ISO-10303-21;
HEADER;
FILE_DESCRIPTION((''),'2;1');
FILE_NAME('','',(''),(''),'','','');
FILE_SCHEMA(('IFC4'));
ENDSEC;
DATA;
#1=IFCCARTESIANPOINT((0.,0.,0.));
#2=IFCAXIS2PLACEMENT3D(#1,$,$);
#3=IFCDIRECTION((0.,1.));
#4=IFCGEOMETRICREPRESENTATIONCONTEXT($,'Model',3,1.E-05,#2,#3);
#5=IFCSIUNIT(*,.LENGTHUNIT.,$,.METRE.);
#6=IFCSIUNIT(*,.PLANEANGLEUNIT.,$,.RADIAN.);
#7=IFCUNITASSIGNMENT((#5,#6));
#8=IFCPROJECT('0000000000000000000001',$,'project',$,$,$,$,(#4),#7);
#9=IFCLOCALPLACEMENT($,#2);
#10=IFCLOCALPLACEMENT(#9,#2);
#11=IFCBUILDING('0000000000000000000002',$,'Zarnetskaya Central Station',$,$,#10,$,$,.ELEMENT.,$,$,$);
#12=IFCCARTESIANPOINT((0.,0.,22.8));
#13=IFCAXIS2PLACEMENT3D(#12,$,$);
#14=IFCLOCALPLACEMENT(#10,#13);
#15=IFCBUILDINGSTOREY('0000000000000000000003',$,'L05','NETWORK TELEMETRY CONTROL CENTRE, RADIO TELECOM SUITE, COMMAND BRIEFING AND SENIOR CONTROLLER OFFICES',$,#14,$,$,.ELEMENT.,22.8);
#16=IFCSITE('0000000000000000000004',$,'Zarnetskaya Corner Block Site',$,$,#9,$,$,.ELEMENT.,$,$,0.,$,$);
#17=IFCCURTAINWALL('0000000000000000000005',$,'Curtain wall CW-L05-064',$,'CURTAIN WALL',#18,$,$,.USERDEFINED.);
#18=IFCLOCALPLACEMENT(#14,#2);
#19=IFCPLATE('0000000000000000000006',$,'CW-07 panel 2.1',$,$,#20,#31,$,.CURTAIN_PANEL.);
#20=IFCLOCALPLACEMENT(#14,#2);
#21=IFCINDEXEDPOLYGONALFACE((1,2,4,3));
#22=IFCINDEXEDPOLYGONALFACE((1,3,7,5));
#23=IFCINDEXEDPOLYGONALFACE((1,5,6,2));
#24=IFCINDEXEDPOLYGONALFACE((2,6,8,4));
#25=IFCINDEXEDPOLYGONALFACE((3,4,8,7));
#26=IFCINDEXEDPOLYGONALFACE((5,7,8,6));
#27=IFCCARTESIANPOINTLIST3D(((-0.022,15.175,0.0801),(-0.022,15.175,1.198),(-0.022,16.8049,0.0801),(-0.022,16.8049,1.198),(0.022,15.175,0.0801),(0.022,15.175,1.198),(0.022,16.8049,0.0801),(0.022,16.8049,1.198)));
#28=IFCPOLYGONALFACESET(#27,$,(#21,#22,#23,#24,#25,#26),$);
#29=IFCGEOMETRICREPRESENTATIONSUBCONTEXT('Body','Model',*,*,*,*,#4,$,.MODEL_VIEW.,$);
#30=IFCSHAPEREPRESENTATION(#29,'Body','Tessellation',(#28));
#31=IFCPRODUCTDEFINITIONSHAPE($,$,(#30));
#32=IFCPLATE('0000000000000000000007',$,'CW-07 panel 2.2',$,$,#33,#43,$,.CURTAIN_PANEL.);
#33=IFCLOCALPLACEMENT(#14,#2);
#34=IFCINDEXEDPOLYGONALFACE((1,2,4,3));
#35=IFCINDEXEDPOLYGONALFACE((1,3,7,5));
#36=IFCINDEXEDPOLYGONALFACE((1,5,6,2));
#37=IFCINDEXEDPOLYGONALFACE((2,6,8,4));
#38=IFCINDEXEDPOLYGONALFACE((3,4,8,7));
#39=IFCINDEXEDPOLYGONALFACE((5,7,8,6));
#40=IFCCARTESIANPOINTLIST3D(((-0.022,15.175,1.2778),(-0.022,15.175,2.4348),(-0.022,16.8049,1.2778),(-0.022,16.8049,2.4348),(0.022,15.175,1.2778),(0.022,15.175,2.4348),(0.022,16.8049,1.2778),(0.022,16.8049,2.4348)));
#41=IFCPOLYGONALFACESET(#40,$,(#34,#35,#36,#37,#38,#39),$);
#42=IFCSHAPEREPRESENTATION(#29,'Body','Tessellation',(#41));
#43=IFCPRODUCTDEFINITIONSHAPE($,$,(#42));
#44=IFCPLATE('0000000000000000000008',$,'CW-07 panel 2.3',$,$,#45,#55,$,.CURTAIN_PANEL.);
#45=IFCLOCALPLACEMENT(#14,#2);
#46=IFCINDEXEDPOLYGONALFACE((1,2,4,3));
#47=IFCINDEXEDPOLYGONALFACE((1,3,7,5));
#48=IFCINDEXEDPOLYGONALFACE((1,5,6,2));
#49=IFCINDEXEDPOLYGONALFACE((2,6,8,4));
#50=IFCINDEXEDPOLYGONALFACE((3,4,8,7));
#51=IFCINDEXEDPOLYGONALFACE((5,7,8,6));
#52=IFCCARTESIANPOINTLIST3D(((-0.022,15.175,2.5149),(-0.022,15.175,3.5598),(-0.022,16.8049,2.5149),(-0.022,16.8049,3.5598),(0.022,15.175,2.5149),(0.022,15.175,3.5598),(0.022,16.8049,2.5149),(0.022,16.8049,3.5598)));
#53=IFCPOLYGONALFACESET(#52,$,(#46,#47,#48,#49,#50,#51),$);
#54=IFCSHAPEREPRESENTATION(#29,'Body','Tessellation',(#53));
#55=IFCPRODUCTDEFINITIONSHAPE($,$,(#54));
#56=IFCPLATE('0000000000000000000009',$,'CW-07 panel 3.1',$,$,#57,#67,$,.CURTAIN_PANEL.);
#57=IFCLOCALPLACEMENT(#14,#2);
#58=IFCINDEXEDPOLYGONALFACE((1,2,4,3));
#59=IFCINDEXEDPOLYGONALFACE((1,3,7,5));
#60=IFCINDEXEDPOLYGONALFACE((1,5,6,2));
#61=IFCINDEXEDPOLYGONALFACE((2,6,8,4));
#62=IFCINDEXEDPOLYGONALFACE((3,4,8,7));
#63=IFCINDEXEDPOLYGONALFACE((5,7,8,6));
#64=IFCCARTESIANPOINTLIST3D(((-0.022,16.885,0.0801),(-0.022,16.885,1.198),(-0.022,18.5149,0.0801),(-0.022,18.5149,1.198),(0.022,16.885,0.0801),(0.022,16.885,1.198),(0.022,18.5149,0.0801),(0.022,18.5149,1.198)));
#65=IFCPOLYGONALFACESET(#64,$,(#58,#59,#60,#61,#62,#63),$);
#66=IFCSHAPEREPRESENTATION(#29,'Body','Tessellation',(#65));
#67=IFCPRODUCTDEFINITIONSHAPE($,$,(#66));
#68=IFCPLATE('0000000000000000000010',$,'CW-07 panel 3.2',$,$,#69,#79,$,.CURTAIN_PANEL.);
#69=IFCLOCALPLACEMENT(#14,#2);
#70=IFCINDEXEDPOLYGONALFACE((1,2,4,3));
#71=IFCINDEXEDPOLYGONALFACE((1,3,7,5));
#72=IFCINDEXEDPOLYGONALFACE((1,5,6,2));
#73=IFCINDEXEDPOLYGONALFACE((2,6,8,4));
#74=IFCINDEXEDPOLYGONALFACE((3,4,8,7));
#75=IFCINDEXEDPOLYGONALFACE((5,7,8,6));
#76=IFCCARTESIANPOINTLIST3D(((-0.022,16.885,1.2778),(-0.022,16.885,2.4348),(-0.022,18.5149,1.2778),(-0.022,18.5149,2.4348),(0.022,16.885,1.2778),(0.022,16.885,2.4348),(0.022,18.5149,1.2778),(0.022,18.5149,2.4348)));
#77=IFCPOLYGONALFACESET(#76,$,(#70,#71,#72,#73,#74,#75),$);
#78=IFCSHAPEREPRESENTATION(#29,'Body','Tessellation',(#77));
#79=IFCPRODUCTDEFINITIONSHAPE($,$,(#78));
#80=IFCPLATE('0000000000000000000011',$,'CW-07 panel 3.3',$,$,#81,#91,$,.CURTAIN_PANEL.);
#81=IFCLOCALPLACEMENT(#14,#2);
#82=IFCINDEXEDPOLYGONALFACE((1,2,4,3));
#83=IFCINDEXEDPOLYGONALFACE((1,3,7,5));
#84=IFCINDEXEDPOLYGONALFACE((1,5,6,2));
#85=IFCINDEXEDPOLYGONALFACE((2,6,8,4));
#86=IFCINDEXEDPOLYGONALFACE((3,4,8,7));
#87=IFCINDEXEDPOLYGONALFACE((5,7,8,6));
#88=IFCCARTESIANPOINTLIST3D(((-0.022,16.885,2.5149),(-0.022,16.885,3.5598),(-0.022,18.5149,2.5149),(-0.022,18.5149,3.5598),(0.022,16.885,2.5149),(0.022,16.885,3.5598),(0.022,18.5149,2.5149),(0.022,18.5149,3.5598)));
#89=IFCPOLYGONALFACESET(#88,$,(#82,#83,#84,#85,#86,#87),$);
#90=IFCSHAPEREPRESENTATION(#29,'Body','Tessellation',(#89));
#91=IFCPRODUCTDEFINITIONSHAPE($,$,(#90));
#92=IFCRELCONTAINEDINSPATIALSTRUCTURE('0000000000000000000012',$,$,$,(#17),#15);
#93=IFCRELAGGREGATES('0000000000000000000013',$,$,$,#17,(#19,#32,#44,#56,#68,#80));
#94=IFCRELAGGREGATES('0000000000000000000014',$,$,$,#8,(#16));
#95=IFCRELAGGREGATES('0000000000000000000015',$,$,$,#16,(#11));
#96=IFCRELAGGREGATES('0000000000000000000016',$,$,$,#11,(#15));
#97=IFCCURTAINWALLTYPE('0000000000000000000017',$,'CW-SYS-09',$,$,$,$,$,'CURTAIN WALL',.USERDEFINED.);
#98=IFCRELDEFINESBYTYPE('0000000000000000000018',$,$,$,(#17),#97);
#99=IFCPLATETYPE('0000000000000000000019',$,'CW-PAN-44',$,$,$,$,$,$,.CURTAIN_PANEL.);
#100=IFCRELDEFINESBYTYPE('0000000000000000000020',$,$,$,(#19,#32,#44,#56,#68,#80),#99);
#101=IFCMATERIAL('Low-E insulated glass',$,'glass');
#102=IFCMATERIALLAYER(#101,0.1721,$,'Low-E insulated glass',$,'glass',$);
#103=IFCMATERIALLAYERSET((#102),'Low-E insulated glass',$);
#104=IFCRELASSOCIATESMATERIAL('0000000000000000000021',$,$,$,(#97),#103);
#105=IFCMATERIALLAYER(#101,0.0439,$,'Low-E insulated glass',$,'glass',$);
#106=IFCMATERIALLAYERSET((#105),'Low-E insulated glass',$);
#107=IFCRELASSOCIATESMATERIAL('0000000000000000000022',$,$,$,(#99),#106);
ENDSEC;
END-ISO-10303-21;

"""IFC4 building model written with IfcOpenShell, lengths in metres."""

from ifc_helpers import new_model, si_unit, direction, frame, origin, origin_2d, place, context, subcontext, project, spatial, rectangle, extrude, material, layer, layer_set, type_object, element, aggregate, save


model = new_model("IFC4")

# Units and contexts
model_context = context("Model", 3, precision=1e-05, world=origin(), true_north=direction((0.0, 1.0)))
body_context = subcontext(model_context, "Body", "Model", "MODEL_VIEW")
ifc_project = project(units=[si_unit("LENGTHUNIT", "METRE"), si_unit("PLANEANGLEUNIT", "RADIAN")], contexts=[model_context])

# Site, building, storey
site_placement = place(None, origin())
site = spatial("IfcSite", under=ifc_project, at=site_placement, Name="Zarnetskaya Corner Block Site", CompositionType="ELEMENT", RefElevation=0.0)
building_placement = place(site_placement, origin())
building = spatial("IfcBuilding", under=site, at=building_placement, Name="Zarnetskaya Central Station", CompositionType="ELEMENT")
storey_placement = place(building_placement, frame((0.0, 0.0, 22.8)))
storey = spatial("IfcBuildingStorey", under=building, at=storey_placement, Name="L05", Description="NETWORK TELEMETRY CONTROL CENTRE, RADIO TELECOM SUITE, COMMAND BRIEFING AND SENIOR CONTROLLER OFFICES", CompositionType="ELEMENT", Elevation=22.8)

# Curtain wall, plates
ifc_material_1 = material(Name="Low-E insulated glass", Category="glass")
ifc_layer_1 = layer(ifc_material_1, 0.1721, Name="Low-E insulated glass", Category="glass")
ifc_layer_set_1 = layer_set([ifc_layer_1], Name="Low-E insulated glass")
curtain_wall_type = type_object("IfcCurtainWallType", Name="CW-SYS-09", ElementType="CURTAIN WALL", PredefinedType="USERDEFINED", material=ifc_layer_set_1)
curtain_wall_placement = place(storey_placement, origin())
curtain_wall = element("IfcCurtainWall", 1, at=curtain_wall_placement, inside=storey, type_object=curtain_wall_type, Name="Curtain wall CW-L05-064", ObjectType="CURTAIN WALL", PredefinedType="USERDEFINED")
ifc_layer_2 = layer(ifc_material_1, 0.0439, Name="Low-E insulated glass", Category="glass")
ifc_layer_set_2 = layer_set([ifc_layer_2], Name="Low-E insulated glass")
plate_type = type_object("IfcPlateType", Name="CW-PAN-44", PredefinedType="CURTAIN_PANEL", material=ifc_layer_set_2)
plate_1_placement = place(storey_placement, frame((0.0, 15.99, 0.0801), z_axis=(0.0, 0.0, 1.0), x_axis=(0.0, 1.0, 0.0)))
plate_1 = element("IfcPlate", 2, at=plate_1_placement, type_object=plate_type, Name="CW-07 panel 2.1", PredefinedType="CURTAIN_PANEL", context=body_context, shape_type="SweptSolid", body=[
    extrude(rectangle(XDim=1.6299, YDim=0.0439, at=origin_2d()), origin(), (0.0, 0.0, 1.0), 1.1179),
])
plate_2_placement = place(storey_placement, frame((0.0, 15.99, 1.2778), z_axis=(0.0, 0.0, 1.0), x_axis=(0.0, 1.0, 0.0)))
plate_2 = element("IfcPlate", 3, at=plate_2_placement, type_object=plate_type, Name="CW-07 panel 2.2", PredefinedType="CURTAIN_PANEL", context=body_context, shape_type="SweptSolid", body=[
    extrude(rectangle(XDim=1.6299, YDim=0.0439, at=origin_2d()), origin(), (0.0, 0.0, 1.0), 1.157),
])
plate_3_placement = place(storey_placement, frame((0.0, 15.99, 2.5149), z_axis=(0.0, 0.0, 1.0), x_axis=(0.0, 1.0, 0.0)))
plate_3 = element("IfcPlate", 4, at=plate_3_placement, type_object=plate_type, Name="CW-07 panel 2.3", PredefinedType="CURTAIN_PANEL", context=body_context, shape_type="SweptSolid", body=[
    extrude(rectangle(XDim=1.6299, YDim=0.0439, at=origin_2d()), origin(), (0.0, 0.0, 1.0), 1.0449),
])
plate_4_placement = place(storey_placement, frame((0.0, 17.7, 0.0801), z_axis=(0.0, 0.0, 1.0), x_axis=(0.0, 1.0, 0.0)))
plate_4 = element("IfcPlate", 5, at=plate_4_placement, type_object=plate_type, Name="CW-07 panel 3.1", PredefinedType="CURTAIN_PANEL", context=body_context, shape_type="SweptSolid", body=[
    extrude(rectangle(XDim=1.6299, YDim=0.0439, at=origin_2d()), origin(), (0.0, 0.0, 1.0), 1.1179),
])
plate_5_placement = place(storey_placement, frame((0.0, 17.7, 1.2778), z_axis=(0.0, 0.0, 1.0), x_axis=(0.0, 1.0, 0.0)))
plate_5 = element("IfcPlate", 6, at=plate_5_placement, type_object=plate_type, Name="CW-07 panel 3.2", PredefinedType="CURTAIN_PANEL", context=body_context, shape_type="SweptSolid", body=[
    extrude(rectangle(XDim=1.6299, YDim=0.0439, at=origin_2d()), origin(), (0.0, 0.0, 1.0), 1.157),
])
plate_6_placement = place(storey_placement, frame((0.0, 17.7, 2.5149), z_axis=(0.0, 0.0, 1.0), x_axis=(0.0, 1.0, 0.0)))
plate_6 = element("IfcPlate", 7, at=plate_6_placement, type_object=plate_type, Name="CW-07 panel 3.3", PredefinedType="CURTAIN_PANEL", context=body_context, shape_type="SweptSolid", body=[
    extrude(rectangle(XDim=1.6299, YDim=0.0439, at=origin_2d()), origin(), (0.0, 0.0, 1.0), 1.0449),
])
aggregate(curtain_wall, [plate_1, plate_2, plate_3, plate_4, plate_5, plate_6])

save(model, "model.ifc")
